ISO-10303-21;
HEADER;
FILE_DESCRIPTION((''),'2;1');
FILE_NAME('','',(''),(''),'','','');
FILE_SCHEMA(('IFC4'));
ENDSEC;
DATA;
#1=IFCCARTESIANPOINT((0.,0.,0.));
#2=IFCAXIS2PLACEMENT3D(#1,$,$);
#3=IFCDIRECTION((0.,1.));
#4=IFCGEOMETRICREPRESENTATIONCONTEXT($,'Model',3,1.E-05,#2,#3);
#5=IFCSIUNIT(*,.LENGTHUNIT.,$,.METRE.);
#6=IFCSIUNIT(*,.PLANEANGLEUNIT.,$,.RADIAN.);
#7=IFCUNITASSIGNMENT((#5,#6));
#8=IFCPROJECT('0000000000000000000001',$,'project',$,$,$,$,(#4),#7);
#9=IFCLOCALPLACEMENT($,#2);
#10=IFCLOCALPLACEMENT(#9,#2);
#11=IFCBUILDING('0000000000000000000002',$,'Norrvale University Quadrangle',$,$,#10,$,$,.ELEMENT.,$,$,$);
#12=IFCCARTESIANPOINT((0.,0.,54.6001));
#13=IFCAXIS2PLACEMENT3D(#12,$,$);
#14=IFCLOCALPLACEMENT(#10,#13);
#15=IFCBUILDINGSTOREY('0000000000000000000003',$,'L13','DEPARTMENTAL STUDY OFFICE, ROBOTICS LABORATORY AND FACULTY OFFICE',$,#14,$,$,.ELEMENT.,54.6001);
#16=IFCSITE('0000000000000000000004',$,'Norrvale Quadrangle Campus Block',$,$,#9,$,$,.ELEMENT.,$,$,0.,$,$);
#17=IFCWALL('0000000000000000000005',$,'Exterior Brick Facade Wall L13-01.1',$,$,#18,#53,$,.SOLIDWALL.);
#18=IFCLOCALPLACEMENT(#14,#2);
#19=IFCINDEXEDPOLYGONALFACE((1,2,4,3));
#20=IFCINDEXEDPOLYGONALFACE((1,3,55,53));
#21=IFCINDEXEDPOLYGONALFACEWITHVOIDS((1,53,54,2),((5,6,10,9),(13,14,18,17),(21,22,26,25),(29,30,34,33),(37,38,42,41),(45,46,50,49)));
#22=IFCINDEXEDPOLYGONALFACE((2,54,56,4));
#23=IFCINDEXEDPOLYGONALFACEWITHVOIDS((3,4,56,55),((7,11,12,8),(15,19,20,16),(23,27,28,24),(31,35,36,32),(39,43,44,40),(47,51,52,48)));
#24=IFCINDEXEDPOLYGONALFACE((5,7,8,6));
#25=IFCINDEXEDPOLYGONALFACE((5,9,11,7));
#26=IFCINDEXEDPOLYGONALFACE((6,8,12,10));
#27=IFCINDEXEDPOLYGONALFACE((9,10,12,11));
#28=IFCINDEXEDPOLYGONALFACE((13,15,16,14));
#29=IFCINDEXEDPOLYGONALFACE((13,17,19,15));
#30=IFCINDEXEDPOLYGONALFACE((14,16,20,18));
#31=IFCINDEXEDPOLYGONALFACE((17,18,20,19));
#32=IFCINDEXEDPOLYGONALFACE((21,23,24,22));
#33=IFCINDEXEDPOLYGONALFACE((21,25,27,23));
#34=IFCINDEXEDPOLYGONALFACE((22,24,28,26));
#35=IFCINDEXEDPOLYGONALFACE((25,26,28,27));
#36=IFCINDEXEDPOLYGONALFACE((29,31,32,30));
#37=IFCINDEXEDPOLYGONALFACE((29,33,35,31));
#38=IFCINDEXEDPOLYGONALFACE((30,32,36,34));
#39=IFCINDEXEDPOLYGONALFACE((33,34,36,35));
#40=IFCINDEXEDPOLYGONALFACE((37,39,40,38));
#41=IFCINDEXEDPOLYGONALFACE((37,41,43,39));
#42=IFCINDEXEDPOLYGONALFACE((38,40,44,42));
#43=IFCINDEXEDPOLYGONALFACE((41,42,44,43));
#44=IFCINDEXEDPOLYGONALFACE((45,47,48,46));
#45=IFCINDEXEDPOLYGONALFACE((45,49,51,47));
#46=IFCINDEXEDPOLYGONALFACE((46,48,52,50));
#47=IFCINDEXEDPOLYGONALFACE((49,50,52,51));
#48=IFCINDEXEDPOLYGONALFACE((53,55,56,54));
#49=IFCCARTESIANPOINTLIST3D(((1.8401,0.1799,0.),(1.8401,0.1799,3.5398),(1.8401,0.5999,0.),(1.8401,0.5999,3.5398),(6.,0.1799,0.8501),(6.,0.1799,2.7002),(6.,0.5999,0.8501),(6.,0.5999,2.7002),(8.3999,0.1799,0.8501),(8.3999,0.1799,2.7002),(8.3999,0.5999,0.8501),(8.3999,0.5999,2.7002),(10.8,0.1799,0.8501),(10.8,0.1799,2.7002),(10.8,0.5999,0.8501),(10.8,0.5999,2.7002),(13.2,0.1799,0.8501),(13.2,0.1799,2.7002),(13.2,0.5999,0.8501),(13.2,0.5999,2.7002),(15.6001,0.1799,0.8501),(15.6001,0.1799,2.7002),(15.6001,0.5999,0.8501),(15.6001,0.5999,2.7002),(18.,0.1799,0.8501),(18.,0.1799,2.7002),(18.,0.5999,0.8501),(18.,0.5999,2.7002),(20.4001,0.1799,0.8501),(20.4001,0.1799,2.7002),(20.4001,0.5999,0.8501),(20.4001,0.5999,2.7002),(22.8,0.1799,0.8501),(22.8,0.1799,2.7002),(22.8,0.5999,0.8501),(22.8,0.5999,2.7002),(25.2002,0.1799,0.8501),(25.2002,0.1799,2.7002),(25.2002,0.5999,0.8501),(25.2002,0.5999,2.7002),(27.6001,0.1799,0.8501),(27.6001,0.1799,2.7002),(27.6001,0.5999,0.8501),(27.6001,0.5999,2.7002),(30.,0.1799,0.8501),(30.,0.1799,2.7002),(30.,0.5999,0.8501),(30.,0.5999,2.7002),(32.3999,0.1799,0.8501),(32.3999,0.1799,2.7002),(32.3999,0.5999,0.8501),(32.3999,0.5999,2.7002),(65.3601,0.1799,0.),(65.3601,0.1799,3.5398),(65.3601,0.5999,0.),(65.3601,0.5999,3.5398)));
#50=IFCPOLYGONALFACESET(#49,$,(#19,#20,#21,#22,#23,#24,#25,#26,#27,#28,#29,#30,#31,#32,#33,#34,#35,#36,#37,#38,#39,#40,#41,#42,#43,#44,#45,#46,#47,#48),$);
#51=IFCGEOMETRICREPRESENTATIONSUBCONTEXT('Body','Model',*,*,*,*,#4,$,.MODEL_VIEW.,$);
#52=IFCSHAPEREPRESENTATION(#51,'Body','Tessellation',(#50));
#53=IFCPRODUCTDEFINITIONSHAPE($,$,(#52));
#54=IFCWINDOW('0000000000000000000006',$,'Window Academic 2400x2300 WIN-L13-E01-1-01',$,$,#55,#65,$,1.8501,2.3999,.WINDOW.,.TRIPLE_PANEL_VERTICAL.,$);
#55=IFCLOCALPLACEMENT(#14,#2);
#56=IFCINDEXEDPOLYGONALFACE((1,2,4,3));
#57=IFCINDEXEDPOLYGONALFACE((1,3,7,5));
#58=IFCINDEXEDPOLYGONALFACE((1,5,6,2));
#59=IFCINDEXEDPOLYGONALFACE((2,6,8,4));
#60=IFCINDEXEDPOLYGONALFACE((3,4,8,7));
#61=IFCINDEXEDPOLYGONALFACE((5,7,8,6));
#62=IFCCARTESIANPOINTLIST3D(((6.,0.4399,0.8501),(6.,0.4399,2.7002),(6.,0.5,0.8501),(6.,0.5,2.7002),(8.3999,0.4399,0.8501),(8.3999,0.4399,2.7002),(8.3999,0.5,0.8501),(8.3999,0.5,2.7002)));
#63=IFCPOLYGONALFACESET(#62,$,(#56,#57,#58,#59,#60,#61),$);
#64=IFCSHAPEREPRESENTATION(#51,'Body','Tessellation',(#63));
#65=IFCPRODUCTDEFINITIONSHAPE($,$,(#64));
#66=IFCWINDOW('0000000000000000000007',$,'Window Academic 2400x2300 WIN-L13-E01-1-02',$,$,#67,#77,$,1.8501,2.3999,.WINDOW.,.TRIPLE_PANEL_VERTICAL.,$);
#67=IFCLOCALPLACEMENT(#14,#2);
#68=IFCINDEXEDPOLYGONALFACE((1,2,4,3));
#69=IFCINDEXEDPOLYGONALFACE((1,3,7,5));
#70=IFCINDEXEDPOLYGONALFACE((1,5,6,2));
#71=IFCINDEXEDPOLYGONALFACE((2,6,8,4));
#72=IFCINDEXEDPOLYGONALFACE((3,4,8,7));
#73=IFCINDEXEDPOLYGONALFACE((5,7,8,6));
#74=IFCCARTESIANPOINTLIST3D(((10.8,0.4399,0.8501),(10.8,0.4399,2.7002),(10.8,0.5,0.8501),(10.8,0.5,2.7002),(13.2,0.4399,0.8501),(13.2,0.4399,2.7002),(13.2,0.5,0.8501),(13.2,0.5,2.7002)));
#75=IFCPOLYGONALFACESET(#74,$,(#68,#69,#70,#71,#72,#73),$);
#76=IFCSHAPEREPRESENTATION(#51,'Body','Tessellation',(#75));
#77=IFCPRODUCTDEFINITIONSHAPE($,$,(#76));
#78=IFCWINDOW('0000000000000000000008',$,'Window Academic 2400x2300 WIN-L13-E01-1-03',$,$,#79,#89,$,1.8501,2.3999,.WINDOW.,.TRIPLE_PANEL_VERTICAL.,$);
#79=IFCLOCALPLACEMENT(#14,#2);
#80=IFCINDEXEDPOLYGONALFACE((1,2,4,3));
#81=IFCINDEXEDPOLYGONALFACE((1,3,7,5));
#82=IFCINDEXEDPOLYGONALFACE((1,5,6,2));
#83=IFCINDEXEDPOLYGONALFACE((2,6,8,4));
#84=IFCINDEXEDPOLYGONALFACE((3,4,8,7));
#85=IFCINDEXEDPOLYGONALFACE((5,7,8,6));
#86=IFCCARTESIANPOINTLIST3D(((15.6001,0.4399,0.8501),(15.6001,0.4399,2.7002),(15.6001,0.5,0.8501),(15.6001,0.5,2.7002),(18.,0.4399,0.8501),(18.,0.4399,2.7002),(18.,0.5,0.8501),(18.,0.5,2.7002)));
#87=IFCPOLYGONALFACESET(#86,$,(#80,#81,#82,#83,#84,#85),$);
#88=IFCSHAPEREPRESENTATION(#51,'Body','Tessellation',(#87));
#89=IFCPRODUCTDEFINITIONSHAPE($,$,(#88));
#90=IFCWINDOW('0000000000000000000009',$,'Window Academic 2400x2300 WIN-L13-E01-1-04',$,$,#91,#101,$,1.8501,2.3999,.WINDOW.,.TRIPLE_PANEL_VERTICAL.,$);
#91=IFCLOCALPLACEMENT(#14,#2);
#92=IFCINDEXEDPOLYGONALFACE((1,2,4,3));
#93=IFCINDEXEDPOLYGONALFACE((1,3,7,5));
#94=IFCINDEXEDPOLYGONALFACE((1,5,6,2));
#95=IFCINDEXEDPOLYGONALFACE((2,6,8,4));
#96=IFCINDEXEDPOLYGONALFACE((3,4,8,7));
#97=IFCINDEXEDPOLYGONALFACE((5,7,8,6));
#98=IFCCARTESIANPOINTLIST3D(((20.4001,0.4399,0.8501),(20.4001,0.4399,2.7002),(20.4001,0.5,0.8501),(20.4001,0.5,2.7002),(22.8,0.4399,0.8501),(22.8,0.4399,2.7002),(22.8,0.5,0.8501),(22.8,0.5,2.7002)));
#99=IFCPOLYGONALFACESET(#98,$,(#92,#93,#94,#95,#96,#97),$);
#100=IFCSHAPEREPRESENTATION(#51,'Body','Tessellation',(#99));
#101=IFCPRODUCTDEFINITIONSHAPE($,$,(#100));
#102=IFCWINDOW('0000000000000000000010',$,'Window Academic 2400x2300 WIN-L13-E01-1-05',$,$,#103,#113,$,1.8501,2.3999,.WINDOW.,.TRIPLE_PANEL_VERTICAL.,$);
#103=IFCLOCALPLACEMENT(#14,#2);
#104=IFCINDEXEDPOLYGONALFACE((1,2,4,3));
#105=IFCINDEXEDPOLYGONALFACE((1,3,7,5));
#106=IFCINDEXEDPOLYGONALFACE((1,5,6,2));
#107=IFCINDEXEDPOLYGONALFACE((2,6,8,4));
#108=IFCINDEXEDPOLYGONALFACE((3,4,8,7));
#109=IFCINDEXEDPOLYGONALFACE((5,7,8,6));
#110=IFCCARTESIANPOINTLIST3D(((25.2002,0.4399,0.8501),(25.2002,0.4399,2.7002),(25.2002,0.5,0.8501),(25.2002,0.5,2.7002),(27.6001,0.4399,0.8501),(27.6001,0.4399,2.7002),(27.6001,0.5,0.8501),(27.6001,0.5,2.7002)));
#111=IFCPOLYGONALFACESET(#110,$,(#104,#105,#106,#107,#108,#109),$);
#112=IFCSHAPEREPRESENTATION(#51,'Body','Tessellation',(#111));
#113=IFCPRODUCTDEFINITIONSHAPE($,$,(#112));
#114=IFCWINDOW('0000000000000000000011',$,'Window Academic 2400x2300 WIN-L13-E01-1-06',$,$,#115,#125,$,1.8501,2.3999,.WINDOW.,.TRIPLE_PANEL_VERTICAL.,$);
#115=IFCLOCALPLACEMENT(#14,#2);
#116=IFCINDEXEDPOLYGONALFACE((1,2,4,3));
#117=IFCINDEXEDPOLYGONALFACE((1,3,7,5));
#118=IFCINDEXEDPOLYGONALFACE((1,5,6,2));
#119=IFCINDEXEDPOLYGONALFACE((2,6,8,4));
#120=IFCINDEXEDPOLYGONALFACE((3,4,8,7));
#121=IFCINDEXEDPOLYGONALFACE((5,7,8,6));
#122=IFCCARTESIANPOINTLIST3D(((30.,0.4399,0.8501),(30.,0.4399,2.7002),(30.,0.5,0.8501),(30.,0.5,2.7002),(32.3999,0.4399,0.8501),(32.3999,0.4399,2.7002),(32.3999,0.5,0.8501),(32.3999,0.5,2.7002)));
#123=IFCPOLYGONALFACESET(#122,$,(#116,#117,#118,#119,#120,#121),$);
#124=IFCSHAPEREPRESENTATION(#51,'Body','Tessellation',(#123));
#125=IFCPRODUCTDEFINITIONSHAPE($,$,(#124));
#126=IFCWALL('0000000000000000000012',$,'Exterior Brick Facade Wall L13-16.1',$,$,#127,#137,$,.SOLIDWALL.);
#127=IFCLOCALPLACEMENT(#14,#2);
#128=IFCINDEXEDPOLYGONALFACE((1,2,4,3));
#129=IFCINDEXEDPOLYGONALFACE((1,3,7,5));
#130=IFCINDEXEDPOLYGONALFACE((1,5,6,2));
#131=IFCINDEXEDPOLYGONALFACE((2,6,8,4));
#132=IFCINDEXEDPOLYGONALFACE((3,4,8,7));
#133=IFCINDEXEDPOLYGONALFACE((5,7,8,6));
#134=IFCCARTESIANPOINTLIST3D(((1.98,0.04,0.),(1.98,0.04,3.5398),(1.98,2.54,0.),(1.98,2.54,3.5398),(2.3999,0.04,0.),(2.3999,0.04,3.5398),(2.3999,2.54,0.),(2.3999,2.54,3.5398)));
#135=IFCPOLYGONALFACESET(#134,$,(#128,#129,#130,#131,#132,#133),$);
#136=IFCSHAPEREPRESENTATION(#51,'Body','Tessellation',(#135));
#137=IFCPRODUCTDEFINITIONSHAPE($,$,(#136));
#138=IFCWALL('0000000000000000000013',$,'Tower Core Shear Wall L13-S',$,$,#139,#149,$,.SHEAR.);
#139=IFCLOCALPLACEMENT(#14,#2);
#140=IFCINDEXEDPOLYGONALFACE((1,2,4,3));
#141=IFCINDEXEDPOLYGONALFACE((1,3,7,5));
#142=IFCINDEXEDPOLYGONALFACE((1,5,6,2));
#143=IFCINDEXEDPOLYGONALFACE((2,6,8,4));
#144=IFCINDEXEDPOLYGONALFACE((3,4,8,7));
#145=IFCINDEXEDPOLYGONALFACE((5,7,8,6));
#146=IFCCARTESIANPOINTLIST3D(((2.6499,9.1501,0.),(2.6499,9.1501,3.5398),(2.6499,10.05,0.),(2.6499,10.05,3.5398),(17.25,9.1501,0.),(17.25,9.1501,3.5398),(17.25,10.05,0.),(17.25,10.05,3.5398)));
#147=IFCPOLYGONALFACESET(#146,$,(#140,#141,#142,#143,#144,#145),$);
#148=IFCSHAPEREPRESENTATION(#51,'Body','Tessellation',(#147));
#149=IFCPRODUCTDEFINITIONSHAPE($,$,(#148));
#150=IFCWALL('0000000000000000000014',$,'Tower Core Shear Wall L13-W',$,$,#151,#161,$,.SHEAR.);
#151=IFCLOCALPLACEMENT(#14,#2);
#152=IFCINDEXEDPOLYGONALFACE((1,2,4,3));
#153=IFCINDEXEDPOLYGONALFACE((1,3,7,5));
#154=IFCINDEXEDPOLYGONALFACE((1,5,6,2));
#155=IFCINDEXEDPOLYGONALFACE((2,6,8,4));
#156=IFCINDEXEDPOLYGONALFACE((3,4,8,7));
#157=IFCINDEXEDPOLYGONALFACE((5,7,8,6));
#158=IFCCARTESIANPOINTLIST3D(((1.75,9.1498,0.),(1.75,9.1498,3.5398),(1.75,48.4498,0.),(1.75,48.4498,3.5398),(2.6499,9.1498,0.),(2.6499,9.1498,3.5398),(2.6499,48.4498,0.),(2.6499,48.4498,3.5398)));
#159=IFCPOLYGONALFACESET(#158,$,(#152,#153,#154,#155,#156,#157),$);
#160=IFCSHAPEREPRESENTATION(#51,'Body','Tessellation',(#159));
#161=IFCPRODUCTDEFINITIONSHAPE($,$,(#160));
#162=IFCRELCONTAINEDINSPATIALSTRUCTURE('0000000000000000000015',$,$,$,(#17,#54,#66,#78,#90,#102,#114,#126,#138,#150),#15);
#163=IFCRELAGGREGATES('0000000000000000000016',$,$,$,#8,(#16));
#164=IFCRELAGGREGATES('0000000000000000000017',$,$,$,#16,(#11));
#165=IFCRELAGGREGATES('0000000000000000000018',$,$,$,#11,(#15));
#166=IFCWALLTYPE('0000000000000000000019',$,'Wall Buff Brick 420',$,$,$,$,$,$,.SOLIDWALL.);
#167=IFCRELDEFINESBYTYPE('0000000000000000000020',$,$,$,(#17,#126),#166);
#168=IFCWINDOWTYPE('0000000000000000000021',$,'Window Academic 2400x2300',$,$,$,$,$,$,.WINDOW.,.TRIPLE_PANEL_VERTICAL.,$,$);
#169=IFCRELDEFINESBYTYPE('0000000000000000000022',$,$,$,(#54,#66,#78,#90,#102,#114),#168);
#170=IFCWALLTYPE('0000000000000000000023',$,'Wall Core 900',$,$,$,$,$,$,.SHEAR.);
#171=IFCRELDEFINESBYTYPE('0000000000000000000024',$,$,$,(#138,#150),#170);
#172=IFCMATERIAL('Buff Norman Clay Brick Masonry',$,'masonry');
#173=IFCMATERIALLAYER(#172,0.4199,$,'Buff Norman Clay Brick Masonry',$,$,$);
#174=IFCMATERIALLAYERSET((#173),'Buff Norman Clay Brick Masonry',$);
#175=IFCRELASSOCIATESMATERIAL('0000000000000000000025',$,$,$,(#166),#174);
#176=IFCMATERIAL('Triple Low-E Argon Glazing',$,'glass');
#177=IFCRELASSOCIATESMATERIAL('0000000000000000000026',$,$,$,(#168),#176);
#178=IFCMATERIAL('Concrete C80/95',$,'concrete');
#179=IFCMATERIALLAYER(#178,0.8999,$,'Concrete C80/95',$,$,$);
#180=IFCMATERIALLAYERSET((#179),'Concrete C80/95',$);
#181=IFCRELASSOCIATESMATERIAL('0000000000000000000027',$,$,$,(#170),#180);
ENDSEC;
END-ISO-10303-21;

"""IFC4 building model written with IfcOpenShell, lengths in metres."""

from ifc_helpers import new_model, si_unit, direction, frame, frame_2d, origin, place, context, subcontext, project, spatial, rectangle, extrude, material, layer, layer_set, type_object, element, fill, save


model = new_model("IFC4")

# Units and contexts
model_context = context("Model", 3, precision=1e-05, world=origin(), true_north=direction((0.0, 1.0)))
body_context = subcontext(model_context, "Body", "Model", "MODEL_VIEW")
ifc_project = project(units=[si_unit("LENGTHUNIT", "METRE"), si_unit("PLANEANGLEUNIT", "RADIAN")], contexts=[model_context])

# Site, building, storey
site_placement = place(None, origin())
site = spatial("IfcSite", under=ifc_project, at=site_placement, Name="Norrvale Quadrangle Campus Block", CompositionType="ELEMENT", RefElevation=0.0)
building_placement = place(site_placement, origin())
building = spatial("IfcBuilding", under=site, at=building_placement, Name="Norrvale University Quadrangle", CompositionType="ELEMENT")
storey_placement = place(building_placement, frame((0.0, 0.0, 54.6001)))
storey = spatial("IfcBuildingStorey", under=building, at=storey_placement, Name="L13", Description="DEPARTMENTAL STUDY OFFICE, ROBOTICS LABORATORY AND FACULTY OFFICE", CompositionType="ELEMENT", Elevation=54.6001)

# Shared definitions
ifc_material_1 = material(Name="Concrete C80/95", Category="concrete")

# Wall, openings, windows
ifc_material_2 = material(Name="Buff Norman Clay Brick Masonry", Category="masonry")
ifc_layer_1 = layer(ifc_material_2, 0.4199, Name="Buff Norman Clay Brick Masonry")
ifc_layer_set_1 = layer_set([ifc_layer_1], Name="Buff Norman Clay Brick Masonry")
wall_type_1 = type_object("IfcWallType", Name="Wall Buff Brick 420", PredefinedType="SOLIDWALL", material=ifc_layer_set_1)
wall_1_placement = place(storey_placement, frame((1.8401, 0.3899, 0.0), z_axis=(0.0, 0.0, 1.0), x_axis=(1.0, 0.0, 0.0)))
wall_1 = element("IfcWall", 1, at=wall_1_placement, inside=storey, type_object=wall_type_1, Name="Exterior Brick Facade Wall L13-01.1", PredefinedType="SOLIDWALL", context=body_context, shape_type="SweptSolid", body=[
    extrude(rectangle(XDim=63.52, YDim=0.4199, at=frame_2d((31.76, 0.0))), origin(), (0.0, 0.0, 1.0), 3.5398),
])
opening_1_placement = place(wall_1_placement, frame((4.1599, 0.0, 0.8501)))
opening_1 = element("IfcOpeningElement", 2, at=opening_1_placement, cuts=wall_1, PredefinedType="OPENING", context=body_context, shape_type="SweptSolid", body=[
    extrude(rectangle(XDim=2.3999, YDim=1.8501, at=frame_2d((1.2, 0.925))), frame((0.0, 0.2219, 0.0), z_axis=(0.0, -1.0, 0.0), x_axis=(1.0, 0.0, 0.0)), (0.0, 0.0, 1.0), 0.4438),
])
opening_2_placement = place(wall_1_placement, frame((8.96, 0.0, 0.8501)))
opening_2 = element("IfcOpeningElement", 3, at=opening_2_placement, cuts=wall_1, PredefinedType="OPENING", context=body_context, shape_type="SweptSolid", body=[
    extrude(rectangle(XDim=2.3999, YDim=1.8501, at=frame_2d((1.2, 0.925))), frame((0.0, 0.2219, 0.0), z_axis=(0.0, -1.0, 0.0), x_axis=(1.0, 0.0, 0.0)), (0.0, 0.0, 1.0), 0.4438),
])
opening_3_placement = place(wall_1_placement, frame((13.76, 0.0, 0.8501)))
opening_3 = element("IfcOpeningElement", 4, at=opening_3_placement, cuts=wall_1, PredefinedType="OPENING", context=body_context, shape_type="SweptSolid", body=[
    extrude(rectangle(XDim=2.3999, YDim=1.8501, at=frame_2d((1.2, 0.925))), frame((0.0, 0.2219, 0.0), z_axis=(0.0, -1.0, 0.0), x_axis=(1.0, 0.0, 0.0)), (0.0, 0.0, 1.0), 0.4438),
])
opening_4_placement = place(wall_1_placement, frame((18.5601, 0.0, 0.8501)))
opening_4 = element("IfcOpeningElement", 5, at=opening_4_placement, cuts=wall_1, PredefinedType="OPENING", context=body_context, shape_type="SweptSolid", body=[
    extrude(rectangle(XDim=2.3999, YDim=1.8501, at=frame_2d((1.2, 0.925))), frame((0.0, 0.2219, 0.0), z_axis=(0.0, -1.0, 0.0), x_axis=(1.0, 0.0, 0.0)), (0.0, 0.0, 1.0), 0.4438),
])
opening_5_placement = place(wall_1_placement, frame((23.3601, 0.0, 0.8501)))
opening_5 = element("IfcOpeningElement", 6, at=opening_5_placement, cuts=wall_1, PredefinedType="OPENING", context=body_context, shape_type="SweptSolid", body=[
    extrude(rectangle(XDim=2.3999, YDim=1.8501, at=frame_2d((1.2, 0.925))), frame((0.0, 0.2219, 0.0), z_axis=(0.0, -1.0, 0.0), x_axis=(1.0, 0.0, 0.0)), (0.0, 0.0, 1.0), 0.4438),
])
opening_6_placement = place(wall_1_placement, frame((28.1599, 0.0, 0.8501)))
opening_6 = element("IfcOpeningElement", 7, at=opening_6_placement, cuts=wall_1, PredefinedType="OPENING", context=body_context, shape_type="SweptSolid", body=[
    extrude(rectangle(XDim=2.3999, YDim=1.8501, at=frame_2d((1.2, 0.925))), frame((0.0, 0.2219, 0.0), z_axis=(0.0, -1.0, 0.0), x_axis=(1.0, 0.0, 0.0)), (0.0, 0.0, 1.0), 0.4438),
])
ifc_material_3 = material(Name="Triple Low-E Argon Glazing", Category="glass")
window_type = type_object("IfcWindowType", Name="Window Academic 2400x2300", PartitioningType="TRIPLE_PANEL_VERTICAL", PredefinedType="WINDOW", material=ifc_material_3)
window_1_placement = place(opening_1_placement, origin())
window_1 = element("IfcWindow", 8, at=window_1_placement, inside=storey, type_object=window_type, Name="Window Academic 2400x2300 WIN-L13-E01-1-01", OverallHeight=1.8501, OverallWidth=2.3999, PartitioningType="TRIPLE_PANEL_VERTICAL", PredefinedType="WINDOW", context=body_context, shape_type="SweptSolid", body=[
    extrude(rectangle(XDim=2.3999, YDim=1.8501, at=frame_2d((1.2, 0.925))), frame((0.0, 0.1101, 0.0), z_axis=(0.0, -1.0, 0.0), x_axis=(1.0, 0.0, 0.0)), (0.0, 0.0, 1.0), 0.0601),
])
fill(opening_1, window_1)
window_2_placement = place(opening_2_placement, origin())
window_2 = element("IfcWindow", 9, at=window_2_placement, inside=storey, type_object=window_type, Name="Window Academic 2400x2300 WIN-L13-E01-1-02", OverallHeight=1.8501, OverallWidth=2.3999, PartitioningType="TRIPLE_PANEL_VERTICAL", PredefinedType="WINDOW", context=body_context, shape_type="SweptSolid", body=[
    extrude(rectangle(XDim=2.3999, YDim=1.8501, at=frame_2d((1.2, 0.925))), frame((0.0, 0.1101, 0.0), z_axis=(0.0, -1.0, 0.0), x_axis=(1.0, 0.0, 0.0)), (0.0, 0.0, 1.0), 0.0601),
])
fill(opening_2, window_2)
window_3_placement = place(opening_3_placement, origin())
window_3 = element("IfcWindow", 10, at=window_3_placement, inside=storey, type_object=window_type, Name="Window Academic 2400x2300 WIN-L13-E01-1-03", OverallHeight=1.8501, OverallWidth=2.3999, PartitioningType="TRIPLE_PANEL_VERTICAL", PredefinedType="WINDOW", context=body_context, shape_type="SweptSolid", body=[
    extrude(rectangle(XDim=2.3999, YDim=1.8501, at=frame_2d((1.2, 0.925))), frame((0.0, 0.1101, 0.0), z_axis=(0.0, -1.0, 0.0), x_axis=(1.0, 0.0, 0.0)), (0.0, 0.0, 1.0), 0.0601),
])
fill(opening_3, window_3)
window_4_placement = place(opening_4_placement, origin())
window_4 = element("IfcWindow", 11, at=window_4_placement, inside=storey, type_object=window_type, Name="Window Academic 2400x2300 WIN-L13-E01-1-04", OverallHeight=1.8501, OverallWidth=2.3999, PartitioningType="TRIPLE_PANEL_VERTICAL", PredefinedType="WINDOW", context=body_context, shape_type="SweptSolid", body=[
    extrude(rectangle(XDim=2.3999, YDim=1.8501, at=frame_2d((1.2, 0.925))), frame((0.0, 0.1101, 0.0), z_axis=(0.0, -1.0, 0.0), x_axis=(1.0, 0.0, 0.0)), (0.0, 0.0, 1.0), 0.0601),
])
fill(opening_4, window_4)
window_5_placement = place(opening_5_placement, origin())
window_5 = element("IfcWindow", 12, at=window_5_placement, inside=storey, type_object=window_type, Name="Window Academic 2400x2300 WIN-L13-E01-1-05", OverallHeight=1.8501, OverallWidth=2.3999, PartitioningType="TRIPLE_PANEL_VERTICAL", PredefinedType="WINDOW", context=body_context, shape_type="SweptSolid", body=[
    extrude(rectangle(XDim=2.3999, YDim=1.8501, at=frame_2d((1.2, 0.925))), frame((0.0, 0.1101, 0.0), z_axis=(0.0, -1.0, 0.0), x_axis=(1.0, 0.0, 0.0)), (0.0, 0.0, 1.0), 0.0601),
])
fill(opening_5, window_5)
window_6_placement = place(opening_6_placement, origin())
window_6 = element("IfcWindow", 13, at=window_6_placement, inside=storey, type_object=window_type, Name="Window Academic 2400x2300 WIN-L13-E01-1-06", OverallHeight=1.8501, OverallWidth=2.3999, PartitioningType="TRIPLE_PANEL_VERTICAL", PredefinedType="WINDOW", context=body_context, shape_type="SweptSolid", body=[
    extrude(rectangle(XDim=2.3999, YDim=1.8501, at=frame_2d((1.2, 0.925))), frame((0.0, 0.1101, 0.0), z_axis=(0.0, -1.0, 0.0), x_axis=(1.0, 0.0, 0.0)), (0.0, 0.0, 1.0), 0.0601),
])
fill(opening_6, window_6)

# Walls
wall_2_placement = place(storey_placement, frame((2.1899, 2.54, 0.0), z_axis=(0.0, 0.0, 1.0), x_axis=(0.0, -1.0, 0.0)))
element("IfcWall", 14, at=wall_2_placement, inside=storey, type_object=wall_type_1, Name="Exterior Brick Facade Wall L13-16.1", PredefinedType="SOLIDWALL", context=body_context, shape_type="SweptSolid", body=[
    extrude(rectangle(XDim=2.5, YDim=0.4199, at=frame_2d((1.25, 0.0))), origin(), (0.0, 0.0, 1.0), 3.5398),
])
ifc_layer_2 = layer(ifc_material_1, 0.8999, Name="Concrete C80/95")
ifc_layer_set_2 = layer_set([ifc_layer_2], Name="Concrete C80/95")
wall_type_2 = type_object("IfcWallType", Name="Wall Core 900", PredefinedType="SHEAR", material=ifc_layer_set_2)
wall_3_placement = place(storey_placement, frame((2.6499, 9.6001, 0.0), z_axis=(0.0, 0.0, 1.0), x_axis=(1.0, 0.0, 0.0)))
element("IfcWall", 15, at=wall_3_placement, inside=storey, type_object=wall_type_2, Name="Tower Core Shear Wall L13-S", PredefinedType="SHEAR", context=body_context, shape_type="SweptSolid", body=[
    extrude(rectangle(XDim=14.6001, YDim=0.8999, at=frame_2d((7.3, 0.0))), origin(), (0.0, 0.0, 1.0), 3.5398),
])
wall_4_placement = place(storey_placement, frame((2.2, 9.1499, 0.0), z_axis=(0.0, 0.0, 1.0), x_axis=(0.0, 1.0, 0.0)))
element("IfcWall", 16, at=wall_4_placement, inside=storey, type_object=wall_type_2, Name="Tower Core Shear Wall L13-W", PredefinedType="SHEAR", context=body_context, shape_type="SweptSolid", body=[
    extrude(rectangle(XDim=39.3, YDim=0.8999, at=frame_2d((19.6499, 0.0))), origin(), (0.0, 0.0, 1.0), 3.5398),
])

save(model, "model.ifc")
